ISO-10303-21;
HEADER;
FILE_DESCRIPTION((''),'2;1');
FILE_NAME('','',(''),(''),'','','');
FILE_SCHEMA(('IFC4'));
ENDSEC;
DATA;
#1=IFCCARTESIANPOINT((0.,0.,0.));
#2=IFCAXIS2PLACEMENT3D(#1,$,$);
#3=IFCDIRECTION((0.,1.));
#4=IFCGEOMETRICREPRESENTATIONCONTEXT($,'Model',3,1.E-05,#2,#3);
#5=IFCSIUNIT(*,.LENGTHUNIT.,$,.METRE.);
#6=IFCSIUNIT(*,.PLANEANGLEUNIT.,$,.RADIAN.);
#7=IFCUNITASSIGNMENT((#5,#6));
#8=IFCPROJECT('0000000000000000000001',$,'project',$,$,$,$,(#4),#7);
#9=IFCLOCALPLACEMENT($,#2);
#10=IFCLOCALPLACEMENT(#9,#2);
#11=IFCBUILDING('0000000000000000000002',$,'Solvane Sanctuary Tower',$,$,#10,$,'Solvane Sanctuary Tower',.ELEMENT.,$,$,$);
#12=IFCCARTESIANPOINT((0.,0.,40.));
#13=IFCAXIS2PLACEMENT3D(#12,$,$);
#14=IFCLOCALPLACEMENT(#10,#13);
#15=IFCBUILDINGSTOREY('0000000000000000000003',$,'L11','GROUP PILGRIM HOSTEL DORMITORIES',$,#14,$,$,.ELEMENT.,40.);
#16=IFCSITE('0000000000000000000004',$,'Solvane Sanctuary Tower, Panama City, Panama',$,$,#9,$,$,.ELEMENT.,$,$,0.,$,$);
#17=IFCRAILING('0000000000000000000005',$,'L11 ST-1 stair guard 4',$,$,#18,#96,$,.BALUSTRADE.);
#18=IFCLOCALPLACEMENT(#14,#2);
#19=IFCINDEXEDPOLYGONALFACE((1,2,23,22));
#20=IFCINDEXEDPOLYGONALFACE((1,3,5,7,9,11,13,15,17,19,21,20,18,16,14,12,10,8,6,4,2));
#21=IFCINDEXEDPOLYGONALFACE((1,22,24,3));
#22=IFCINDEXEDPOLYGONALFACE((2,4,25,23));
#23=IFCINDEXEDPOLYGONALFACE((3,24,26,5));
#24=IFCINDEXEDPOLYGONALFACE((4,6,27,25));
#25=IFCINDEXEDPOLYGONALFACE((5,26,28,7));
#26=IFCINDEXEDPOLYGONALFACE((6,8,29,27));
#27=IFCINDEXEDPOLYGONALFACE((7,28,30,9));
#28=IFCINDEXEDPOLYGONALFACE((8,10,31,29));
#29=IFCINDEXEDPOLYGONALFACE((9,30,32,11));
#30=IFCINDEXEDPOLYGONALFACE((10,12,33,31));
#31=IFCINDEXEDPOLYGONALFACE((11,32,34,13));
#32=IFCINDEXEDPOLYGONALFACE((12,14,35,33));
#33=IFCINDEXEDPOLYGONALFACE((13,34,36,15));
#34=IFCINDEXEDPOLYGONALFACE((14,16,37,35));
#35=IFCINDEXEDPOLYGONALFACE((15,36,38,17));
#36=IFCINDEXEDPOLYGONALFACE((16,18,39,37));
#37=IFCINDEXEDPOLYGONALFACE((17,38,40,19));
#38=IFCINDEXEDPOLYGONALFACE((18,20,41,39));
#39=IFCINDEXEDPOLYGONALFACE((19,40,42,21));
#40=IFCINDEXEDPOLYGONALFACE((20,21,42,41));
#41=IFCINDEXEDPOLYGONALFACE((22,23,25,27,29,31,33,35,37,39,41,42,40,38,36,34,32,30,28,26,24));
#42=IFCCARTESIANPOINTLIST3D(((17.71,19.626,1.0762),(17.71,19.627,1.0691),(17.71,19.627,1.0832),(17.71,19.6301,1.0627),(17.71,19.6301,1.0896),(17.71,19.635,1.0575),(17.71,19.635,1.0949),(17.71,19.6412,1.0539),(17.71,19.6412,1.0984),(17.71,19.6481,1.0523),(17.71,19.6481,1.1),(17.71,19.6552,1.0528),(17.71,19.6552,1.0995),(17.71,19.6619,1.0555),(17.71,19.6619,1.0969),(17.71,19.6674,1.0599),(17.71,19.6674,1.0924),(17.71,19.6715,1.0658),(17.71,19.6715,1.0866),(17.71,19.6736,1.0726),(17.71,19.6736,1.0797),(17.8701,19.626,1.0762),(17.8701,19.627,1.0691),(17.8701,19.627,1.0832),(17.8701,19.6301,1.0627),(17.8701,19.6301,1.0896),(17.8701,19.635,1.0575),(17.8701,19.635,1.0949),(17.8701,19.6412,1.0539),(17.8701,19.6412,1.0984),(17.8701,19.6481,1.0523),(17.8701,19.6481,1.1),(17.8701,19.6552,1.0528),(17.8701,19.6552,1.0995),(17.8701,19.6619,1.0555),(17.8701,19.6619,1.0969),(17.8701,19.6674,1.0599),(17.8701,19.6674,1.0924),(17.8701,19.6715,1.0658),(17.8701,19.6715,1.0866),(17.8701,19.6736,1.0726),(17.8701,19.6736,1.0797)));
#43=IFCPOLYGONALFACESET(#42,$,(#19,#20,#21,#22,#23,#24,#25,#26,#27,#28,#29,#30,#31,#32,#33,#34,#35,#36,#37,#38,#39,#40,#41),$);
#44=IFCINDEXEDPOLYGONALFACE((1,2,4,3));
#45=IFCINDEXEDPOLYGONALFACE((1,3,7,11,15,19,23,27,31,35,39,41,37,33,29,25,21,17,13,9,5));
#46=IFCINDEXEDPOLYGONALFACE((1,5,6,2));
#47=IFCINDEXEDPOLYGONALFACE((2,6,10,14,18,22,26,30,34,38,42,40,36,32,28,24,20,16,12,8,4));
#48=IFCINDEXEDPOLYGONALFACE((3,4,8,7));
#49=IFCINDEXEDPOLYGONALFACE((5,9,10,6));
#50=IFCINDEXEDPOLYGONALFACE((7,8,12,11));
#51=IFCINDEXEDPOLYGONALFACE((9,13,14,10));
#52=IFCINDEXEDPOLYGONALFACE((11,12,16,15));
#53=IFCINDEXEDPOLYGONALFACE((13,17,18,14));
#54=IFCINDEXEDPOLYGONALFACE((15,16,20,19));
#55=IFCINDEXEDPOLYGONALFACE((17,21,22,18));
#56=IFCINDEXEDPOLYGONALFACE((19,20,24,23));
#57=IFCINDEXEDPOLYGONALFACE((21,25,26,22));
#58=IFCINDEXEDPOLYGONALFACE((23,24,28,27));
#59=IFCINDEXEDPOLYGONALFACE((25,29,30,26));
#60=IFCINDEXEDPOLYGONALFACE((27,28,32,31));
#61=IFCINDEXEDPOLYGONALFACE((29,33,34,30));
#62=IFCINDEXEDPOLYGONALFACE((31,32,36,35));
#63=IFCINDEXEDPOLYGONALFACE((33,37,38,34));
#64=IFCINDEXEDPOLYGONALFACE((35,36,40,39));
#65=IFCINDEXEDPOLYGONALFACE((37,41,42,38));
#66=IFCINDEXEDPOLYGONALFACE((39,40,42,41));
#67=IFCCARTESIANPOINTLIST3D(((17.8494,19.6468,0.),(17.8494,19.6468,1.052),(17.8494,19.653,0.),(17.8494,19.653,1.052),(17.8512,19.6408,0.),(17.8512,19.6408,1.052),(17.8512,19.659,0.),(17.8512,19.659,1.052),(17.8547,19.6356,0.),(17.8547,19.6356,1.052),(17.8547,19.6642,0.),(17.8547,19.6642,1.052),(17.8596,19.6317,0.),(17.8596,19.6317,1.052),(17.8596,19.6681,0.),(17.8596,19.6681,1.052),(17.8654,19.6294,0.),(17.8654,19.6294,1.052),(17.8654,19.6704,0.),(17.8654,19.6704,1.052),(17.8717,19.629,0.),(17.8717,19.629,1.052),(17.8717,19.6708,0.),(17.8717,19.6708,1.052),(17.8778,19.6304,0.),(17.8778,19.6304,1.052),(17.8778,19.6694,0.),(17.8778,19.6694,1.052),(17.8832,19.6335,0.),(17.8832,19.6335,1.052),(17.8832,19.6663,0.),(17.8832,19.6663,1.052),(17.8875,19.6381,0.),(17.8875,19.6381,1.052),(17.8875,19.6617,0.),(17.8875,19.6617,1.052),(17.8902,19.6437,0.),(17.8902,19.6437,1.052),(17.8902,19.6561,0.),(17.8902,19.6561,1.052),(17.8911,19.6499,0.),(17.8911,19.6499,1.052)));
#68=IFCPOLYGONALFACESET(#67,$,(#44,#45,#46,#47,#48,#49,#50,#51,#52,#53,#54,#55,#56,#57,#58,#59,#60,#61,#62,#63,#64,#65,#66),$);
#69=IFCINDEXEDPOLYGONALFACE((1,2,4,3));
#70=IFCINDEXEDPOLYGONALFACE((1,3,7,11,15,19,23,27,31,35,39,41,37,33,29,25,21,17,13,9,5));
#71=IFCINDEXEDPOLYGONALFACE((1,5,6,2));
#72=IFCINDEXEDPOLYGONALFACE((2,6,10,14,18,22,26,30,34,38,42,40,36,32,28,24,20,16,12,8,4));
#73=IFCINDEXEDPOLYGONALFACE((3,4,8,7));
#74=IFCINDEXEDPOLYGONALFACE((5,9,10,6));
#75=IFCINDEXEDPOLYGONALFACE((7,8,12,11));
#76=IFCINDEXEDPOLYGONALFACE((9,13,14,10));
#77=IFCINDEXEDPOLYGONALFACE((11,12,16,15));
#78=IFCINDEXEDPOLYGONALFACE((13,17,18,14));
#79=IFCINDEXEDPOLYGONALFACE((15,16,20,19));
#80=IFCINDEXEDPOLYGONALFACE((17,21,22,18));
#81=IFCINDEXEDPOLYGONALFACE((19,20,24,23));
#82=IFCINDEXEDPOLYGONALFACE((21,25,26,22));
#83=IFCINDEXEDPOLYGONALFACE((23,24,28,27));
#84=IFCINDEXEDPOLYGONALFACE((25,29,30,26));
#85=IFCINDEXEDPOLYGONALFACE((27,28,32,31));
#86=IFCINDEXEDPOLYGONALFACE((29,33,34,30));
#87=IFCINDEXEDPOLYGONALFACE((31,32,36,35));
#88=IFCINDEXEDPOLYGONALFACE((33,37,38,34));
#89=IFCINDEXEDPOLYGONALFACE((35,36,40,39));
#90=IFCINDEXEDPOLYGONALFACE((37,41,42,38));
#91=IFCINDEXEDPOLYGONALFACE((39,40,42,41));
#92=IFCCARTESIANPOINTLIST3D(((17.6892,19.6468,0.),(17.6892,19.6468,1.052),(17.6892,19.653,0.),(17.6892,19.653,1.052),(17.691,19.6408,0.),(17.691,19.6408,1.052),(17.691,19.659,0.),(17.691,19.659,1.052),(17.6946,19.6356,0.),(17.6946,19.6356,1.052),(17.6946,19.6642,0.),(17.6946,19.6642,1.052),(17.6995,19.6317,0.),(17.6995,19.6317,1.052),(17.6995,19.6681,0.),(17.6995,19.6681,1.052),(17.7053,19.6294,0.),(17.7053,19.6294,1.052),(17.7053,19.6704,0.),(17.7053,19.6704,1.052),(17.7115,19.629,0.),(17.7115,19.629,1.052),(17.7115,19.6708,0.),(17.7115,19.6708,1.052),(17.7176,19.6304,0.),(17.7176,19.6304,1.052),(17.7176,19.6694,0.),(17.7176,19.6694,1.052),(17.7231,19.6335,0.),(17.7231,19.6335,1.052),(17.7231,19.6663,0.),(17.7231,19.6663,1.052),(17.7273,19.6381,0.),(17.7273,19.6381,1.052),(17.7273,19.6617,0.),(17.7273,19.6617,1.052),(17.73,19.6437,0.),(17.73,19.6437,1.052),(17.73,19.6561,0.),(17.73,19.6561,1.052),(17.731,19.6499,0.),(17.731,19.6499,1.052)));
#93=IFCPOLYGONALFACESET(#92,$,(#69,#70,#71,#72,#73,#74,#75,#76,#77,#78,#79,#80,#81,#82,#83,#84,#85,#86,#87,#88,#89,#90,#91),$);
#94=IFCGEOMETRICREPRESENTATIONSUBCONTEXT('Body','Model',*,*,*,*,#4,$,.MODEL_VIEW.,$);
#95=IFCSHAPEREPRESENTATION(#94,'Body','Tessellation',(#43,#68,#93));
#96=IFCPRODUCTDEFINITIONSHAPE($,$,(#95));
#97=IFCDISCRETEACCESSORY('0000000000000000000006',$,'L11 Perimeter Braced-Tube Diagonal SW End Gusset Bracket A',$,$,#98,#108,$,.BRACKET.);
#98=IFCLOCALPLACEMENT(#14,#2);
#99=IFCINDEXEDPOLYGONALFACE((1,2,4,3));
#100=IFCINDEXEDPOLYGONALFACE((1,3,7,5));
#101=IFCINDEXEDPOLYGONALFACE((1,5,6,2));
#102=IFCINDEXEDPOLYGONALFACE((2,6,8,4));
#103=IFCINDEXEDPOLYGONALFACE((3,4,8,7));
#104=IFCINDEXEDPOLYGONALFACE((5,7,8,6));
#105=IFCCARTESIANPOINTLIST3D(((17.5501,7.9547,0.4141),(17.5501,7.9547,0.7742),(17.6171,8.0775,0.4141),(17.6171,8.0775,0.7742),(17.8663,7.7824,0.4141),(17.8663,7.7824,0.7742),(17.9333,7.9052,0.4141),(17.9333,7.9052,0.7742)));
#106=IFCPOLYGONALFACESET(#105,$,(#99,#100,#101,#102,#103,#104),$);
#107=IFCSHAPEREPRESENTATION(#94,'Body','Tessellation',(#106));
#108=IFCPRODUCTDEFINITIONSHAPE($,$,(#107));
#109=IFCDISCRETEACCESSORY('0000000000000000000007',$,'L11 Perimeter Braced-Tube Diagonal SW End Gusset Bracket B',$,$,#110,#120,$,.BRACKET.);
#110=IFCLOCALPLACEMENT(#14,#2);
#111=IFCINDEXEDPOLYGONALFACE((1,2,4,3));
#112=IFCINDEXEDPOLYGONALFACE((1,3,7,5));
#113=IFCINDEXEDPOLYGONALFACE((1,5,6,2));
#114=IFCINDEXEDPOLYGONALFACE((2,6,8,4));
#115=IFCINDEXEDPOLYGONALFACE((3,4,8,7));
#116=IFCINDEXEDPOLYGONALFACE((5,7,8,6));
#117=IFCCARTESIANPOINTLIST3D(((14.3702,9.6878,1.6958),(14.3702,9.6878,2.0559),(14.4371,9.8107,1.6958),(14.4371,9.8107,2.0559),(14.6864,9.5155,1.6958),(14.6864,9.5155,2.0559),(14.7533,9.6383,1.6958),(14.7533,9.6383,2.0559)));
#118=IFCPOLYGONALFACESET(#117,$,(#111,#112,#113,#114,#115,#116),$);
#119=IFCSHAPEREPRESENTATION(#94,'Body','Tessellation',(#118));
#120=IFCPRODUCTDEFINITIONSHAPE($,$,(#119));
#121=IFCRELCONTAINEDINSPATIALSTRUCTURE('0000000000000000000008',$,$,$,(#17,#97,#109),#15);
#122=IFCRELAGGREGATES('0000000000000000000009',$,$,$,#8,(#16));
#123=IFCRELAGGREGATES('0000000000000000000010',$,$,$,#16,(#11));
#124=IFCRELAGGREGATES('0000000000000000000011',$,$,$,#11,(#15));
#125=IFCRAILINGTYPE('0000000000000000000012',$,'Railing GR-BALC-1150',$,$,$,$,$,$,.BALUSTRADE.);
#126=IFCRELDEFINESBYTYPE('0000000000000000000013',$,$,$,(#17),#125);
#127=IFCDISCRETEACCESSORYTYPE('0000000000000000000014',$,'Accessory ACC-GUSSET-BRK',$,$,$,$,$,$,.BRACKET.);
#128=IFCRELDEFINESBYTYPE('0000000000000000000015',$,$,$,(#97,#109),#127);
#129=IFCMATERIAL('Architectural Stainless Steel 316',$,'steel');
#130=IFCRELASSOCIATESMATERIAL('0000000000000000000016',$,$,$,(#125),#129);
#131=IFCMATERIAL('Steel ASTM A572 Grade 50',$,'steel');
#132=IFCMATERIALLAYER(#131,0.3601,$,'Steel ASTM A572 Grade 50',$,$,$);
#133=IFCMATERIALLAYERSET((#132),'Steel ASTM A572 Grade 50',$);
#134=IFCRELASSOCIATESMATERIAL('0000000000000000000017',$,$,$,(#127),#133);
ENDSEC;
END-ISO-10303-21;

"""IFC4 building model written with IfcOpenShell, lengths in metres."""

from ifc_helpers import new_model, si_unit, direction, frame, origin, origin_2d, place, context, subcontext, project, spatial, rectangle, circle, extrude, material, layer, layer_set, type_object, element, save


model = new_model("IFC4")

# Units and contexts
model_context = context("Model", 3, precision=1e-05, world=origin(), true_north=direction((0.0, 1.0)))
body_context = subcontext(model_context, "Body", "Model", "MODEL_VIEW")
ifc_project = project(units=[si_unit("LENGTHUNIT", "METRE"), si_unit("PLANEANGLEUNIT", "RADIAN")], contexts=[model_context])

# Site, building, storey
site_placement = place(None, origin())
site = spatial("IfcSite", under=ifc_project, at=site_placement, Name="Solvane Sanctuary Tower, Panama City, Panama", CompositionType="ELEMENT", RefElevation=0.0)
building_placement = place(site_placement, origin())
building = spatial("IfcBuilding", under=site, at=building_placement, Name="Solvane Sanctuary Tower", LongName="Solvane Sanctuary Tower", CompositionType="ELEMENT")
storey_placement = place(building_placement, frame((0.0, 0.0, 40.0)))
storey = spatial("IfcBuildingStorey", under=building, at=storey_placement, Name="L11", Description="GROUP PILGRIM HOSTEL DORMITORIES", CompositionType="ELEMENT", Elevation=40.0)

# Shared definitions
ifc_material_1 = material(Name="Architectural Stainless Steel 316", Category="steel")

# Railing
railing_type = type_object("IfcRailingType", Name="Railing GR-BALC-1150", PredefinedType="BALUSTRADE", material=ifc_material_1)
railing_1_placement = place(storey_placement, frame((17.8701, 19.6499, 0.0)))
element("IfcRailing", 1, at=railing_1_placement, inside=storey, type_object=railing_type, Name="L11 ST-1 stair guard 4", PredefinedType="BALUSTRADE", context=body_context, shape_type="SweptSolid", body=[
    extrude(circle(Radius=0.0239, at=origin_2d()), frame((0.0, 0.0, 1.0762), z_axis=(-1.0, 0.0, 0.0), x_axis=(0.0, -1.0, 0.0)), (0.0, 0.0, 1.0), 0.1602),
    extrude(circle(Radius=0.021, at=origin_2d()), origin(), (0.0, 0.0, 1.0), 1.052),
    extrude(circle(Radius=0.021, at=origin_2d()), frame((-0.1602, 0.0, 0.0)), (0.0, 0.0, 1.0), 1.052),
])

# Discrete accessories
ifc_material_2 = material(Name="Steel ASTM A572 Grade 50", Category="steel")
ifc_layer_1 = layer(ifc_material_2, 0.3601, Name="Steel ASTM A572 Grade 50")
ifc_layer_set_1 = layer_set([ifc_layer_1], Name="Steel ASTM A572 Grade 50")
discrete_accessory_type = type_object("IfcDiscreteAccessoryType", Name="Accessory ACC-GUSSET-BRK", PredefinedType="BRACKET", material=ifc_layer_set_1)
for number, where, z_axis, x_axis, name in (
    (2, (17.7417, 7.9299, 0.4141), (0.0, 0.0, 1.0), (-0.878067, 0.478539, 0.0), "L11 Perimeter Braced-Tube Diagonal SW End Gusset Bracket A"),
    (3, (14.5618, 9.6631, 1.6958), (0.0, 0.0, 1.0), (-0.878067, 0.478539, 0.0), "L11 Perimeter Braced-Tube Diagonal SW End Gusset Bracket B"),
):
    element("IfcDiscreteAccessory", number, at=place(storey_placement, frame(where, z_axis=z_axis, x_axis=x_axis)), inside=storey, type_object=discrete_accessory_type, Name=name, PredefinedType="BRACKET", context=body_context, shape_type="SweptSolid", body=[
        extrude(rectangle(XDim=0.3601, YDim=0.1399, at=origin_2d()), origin(), (0.0, 0.0, 1.0), 0.3601),
    ])

save(model, "model.ifc")
